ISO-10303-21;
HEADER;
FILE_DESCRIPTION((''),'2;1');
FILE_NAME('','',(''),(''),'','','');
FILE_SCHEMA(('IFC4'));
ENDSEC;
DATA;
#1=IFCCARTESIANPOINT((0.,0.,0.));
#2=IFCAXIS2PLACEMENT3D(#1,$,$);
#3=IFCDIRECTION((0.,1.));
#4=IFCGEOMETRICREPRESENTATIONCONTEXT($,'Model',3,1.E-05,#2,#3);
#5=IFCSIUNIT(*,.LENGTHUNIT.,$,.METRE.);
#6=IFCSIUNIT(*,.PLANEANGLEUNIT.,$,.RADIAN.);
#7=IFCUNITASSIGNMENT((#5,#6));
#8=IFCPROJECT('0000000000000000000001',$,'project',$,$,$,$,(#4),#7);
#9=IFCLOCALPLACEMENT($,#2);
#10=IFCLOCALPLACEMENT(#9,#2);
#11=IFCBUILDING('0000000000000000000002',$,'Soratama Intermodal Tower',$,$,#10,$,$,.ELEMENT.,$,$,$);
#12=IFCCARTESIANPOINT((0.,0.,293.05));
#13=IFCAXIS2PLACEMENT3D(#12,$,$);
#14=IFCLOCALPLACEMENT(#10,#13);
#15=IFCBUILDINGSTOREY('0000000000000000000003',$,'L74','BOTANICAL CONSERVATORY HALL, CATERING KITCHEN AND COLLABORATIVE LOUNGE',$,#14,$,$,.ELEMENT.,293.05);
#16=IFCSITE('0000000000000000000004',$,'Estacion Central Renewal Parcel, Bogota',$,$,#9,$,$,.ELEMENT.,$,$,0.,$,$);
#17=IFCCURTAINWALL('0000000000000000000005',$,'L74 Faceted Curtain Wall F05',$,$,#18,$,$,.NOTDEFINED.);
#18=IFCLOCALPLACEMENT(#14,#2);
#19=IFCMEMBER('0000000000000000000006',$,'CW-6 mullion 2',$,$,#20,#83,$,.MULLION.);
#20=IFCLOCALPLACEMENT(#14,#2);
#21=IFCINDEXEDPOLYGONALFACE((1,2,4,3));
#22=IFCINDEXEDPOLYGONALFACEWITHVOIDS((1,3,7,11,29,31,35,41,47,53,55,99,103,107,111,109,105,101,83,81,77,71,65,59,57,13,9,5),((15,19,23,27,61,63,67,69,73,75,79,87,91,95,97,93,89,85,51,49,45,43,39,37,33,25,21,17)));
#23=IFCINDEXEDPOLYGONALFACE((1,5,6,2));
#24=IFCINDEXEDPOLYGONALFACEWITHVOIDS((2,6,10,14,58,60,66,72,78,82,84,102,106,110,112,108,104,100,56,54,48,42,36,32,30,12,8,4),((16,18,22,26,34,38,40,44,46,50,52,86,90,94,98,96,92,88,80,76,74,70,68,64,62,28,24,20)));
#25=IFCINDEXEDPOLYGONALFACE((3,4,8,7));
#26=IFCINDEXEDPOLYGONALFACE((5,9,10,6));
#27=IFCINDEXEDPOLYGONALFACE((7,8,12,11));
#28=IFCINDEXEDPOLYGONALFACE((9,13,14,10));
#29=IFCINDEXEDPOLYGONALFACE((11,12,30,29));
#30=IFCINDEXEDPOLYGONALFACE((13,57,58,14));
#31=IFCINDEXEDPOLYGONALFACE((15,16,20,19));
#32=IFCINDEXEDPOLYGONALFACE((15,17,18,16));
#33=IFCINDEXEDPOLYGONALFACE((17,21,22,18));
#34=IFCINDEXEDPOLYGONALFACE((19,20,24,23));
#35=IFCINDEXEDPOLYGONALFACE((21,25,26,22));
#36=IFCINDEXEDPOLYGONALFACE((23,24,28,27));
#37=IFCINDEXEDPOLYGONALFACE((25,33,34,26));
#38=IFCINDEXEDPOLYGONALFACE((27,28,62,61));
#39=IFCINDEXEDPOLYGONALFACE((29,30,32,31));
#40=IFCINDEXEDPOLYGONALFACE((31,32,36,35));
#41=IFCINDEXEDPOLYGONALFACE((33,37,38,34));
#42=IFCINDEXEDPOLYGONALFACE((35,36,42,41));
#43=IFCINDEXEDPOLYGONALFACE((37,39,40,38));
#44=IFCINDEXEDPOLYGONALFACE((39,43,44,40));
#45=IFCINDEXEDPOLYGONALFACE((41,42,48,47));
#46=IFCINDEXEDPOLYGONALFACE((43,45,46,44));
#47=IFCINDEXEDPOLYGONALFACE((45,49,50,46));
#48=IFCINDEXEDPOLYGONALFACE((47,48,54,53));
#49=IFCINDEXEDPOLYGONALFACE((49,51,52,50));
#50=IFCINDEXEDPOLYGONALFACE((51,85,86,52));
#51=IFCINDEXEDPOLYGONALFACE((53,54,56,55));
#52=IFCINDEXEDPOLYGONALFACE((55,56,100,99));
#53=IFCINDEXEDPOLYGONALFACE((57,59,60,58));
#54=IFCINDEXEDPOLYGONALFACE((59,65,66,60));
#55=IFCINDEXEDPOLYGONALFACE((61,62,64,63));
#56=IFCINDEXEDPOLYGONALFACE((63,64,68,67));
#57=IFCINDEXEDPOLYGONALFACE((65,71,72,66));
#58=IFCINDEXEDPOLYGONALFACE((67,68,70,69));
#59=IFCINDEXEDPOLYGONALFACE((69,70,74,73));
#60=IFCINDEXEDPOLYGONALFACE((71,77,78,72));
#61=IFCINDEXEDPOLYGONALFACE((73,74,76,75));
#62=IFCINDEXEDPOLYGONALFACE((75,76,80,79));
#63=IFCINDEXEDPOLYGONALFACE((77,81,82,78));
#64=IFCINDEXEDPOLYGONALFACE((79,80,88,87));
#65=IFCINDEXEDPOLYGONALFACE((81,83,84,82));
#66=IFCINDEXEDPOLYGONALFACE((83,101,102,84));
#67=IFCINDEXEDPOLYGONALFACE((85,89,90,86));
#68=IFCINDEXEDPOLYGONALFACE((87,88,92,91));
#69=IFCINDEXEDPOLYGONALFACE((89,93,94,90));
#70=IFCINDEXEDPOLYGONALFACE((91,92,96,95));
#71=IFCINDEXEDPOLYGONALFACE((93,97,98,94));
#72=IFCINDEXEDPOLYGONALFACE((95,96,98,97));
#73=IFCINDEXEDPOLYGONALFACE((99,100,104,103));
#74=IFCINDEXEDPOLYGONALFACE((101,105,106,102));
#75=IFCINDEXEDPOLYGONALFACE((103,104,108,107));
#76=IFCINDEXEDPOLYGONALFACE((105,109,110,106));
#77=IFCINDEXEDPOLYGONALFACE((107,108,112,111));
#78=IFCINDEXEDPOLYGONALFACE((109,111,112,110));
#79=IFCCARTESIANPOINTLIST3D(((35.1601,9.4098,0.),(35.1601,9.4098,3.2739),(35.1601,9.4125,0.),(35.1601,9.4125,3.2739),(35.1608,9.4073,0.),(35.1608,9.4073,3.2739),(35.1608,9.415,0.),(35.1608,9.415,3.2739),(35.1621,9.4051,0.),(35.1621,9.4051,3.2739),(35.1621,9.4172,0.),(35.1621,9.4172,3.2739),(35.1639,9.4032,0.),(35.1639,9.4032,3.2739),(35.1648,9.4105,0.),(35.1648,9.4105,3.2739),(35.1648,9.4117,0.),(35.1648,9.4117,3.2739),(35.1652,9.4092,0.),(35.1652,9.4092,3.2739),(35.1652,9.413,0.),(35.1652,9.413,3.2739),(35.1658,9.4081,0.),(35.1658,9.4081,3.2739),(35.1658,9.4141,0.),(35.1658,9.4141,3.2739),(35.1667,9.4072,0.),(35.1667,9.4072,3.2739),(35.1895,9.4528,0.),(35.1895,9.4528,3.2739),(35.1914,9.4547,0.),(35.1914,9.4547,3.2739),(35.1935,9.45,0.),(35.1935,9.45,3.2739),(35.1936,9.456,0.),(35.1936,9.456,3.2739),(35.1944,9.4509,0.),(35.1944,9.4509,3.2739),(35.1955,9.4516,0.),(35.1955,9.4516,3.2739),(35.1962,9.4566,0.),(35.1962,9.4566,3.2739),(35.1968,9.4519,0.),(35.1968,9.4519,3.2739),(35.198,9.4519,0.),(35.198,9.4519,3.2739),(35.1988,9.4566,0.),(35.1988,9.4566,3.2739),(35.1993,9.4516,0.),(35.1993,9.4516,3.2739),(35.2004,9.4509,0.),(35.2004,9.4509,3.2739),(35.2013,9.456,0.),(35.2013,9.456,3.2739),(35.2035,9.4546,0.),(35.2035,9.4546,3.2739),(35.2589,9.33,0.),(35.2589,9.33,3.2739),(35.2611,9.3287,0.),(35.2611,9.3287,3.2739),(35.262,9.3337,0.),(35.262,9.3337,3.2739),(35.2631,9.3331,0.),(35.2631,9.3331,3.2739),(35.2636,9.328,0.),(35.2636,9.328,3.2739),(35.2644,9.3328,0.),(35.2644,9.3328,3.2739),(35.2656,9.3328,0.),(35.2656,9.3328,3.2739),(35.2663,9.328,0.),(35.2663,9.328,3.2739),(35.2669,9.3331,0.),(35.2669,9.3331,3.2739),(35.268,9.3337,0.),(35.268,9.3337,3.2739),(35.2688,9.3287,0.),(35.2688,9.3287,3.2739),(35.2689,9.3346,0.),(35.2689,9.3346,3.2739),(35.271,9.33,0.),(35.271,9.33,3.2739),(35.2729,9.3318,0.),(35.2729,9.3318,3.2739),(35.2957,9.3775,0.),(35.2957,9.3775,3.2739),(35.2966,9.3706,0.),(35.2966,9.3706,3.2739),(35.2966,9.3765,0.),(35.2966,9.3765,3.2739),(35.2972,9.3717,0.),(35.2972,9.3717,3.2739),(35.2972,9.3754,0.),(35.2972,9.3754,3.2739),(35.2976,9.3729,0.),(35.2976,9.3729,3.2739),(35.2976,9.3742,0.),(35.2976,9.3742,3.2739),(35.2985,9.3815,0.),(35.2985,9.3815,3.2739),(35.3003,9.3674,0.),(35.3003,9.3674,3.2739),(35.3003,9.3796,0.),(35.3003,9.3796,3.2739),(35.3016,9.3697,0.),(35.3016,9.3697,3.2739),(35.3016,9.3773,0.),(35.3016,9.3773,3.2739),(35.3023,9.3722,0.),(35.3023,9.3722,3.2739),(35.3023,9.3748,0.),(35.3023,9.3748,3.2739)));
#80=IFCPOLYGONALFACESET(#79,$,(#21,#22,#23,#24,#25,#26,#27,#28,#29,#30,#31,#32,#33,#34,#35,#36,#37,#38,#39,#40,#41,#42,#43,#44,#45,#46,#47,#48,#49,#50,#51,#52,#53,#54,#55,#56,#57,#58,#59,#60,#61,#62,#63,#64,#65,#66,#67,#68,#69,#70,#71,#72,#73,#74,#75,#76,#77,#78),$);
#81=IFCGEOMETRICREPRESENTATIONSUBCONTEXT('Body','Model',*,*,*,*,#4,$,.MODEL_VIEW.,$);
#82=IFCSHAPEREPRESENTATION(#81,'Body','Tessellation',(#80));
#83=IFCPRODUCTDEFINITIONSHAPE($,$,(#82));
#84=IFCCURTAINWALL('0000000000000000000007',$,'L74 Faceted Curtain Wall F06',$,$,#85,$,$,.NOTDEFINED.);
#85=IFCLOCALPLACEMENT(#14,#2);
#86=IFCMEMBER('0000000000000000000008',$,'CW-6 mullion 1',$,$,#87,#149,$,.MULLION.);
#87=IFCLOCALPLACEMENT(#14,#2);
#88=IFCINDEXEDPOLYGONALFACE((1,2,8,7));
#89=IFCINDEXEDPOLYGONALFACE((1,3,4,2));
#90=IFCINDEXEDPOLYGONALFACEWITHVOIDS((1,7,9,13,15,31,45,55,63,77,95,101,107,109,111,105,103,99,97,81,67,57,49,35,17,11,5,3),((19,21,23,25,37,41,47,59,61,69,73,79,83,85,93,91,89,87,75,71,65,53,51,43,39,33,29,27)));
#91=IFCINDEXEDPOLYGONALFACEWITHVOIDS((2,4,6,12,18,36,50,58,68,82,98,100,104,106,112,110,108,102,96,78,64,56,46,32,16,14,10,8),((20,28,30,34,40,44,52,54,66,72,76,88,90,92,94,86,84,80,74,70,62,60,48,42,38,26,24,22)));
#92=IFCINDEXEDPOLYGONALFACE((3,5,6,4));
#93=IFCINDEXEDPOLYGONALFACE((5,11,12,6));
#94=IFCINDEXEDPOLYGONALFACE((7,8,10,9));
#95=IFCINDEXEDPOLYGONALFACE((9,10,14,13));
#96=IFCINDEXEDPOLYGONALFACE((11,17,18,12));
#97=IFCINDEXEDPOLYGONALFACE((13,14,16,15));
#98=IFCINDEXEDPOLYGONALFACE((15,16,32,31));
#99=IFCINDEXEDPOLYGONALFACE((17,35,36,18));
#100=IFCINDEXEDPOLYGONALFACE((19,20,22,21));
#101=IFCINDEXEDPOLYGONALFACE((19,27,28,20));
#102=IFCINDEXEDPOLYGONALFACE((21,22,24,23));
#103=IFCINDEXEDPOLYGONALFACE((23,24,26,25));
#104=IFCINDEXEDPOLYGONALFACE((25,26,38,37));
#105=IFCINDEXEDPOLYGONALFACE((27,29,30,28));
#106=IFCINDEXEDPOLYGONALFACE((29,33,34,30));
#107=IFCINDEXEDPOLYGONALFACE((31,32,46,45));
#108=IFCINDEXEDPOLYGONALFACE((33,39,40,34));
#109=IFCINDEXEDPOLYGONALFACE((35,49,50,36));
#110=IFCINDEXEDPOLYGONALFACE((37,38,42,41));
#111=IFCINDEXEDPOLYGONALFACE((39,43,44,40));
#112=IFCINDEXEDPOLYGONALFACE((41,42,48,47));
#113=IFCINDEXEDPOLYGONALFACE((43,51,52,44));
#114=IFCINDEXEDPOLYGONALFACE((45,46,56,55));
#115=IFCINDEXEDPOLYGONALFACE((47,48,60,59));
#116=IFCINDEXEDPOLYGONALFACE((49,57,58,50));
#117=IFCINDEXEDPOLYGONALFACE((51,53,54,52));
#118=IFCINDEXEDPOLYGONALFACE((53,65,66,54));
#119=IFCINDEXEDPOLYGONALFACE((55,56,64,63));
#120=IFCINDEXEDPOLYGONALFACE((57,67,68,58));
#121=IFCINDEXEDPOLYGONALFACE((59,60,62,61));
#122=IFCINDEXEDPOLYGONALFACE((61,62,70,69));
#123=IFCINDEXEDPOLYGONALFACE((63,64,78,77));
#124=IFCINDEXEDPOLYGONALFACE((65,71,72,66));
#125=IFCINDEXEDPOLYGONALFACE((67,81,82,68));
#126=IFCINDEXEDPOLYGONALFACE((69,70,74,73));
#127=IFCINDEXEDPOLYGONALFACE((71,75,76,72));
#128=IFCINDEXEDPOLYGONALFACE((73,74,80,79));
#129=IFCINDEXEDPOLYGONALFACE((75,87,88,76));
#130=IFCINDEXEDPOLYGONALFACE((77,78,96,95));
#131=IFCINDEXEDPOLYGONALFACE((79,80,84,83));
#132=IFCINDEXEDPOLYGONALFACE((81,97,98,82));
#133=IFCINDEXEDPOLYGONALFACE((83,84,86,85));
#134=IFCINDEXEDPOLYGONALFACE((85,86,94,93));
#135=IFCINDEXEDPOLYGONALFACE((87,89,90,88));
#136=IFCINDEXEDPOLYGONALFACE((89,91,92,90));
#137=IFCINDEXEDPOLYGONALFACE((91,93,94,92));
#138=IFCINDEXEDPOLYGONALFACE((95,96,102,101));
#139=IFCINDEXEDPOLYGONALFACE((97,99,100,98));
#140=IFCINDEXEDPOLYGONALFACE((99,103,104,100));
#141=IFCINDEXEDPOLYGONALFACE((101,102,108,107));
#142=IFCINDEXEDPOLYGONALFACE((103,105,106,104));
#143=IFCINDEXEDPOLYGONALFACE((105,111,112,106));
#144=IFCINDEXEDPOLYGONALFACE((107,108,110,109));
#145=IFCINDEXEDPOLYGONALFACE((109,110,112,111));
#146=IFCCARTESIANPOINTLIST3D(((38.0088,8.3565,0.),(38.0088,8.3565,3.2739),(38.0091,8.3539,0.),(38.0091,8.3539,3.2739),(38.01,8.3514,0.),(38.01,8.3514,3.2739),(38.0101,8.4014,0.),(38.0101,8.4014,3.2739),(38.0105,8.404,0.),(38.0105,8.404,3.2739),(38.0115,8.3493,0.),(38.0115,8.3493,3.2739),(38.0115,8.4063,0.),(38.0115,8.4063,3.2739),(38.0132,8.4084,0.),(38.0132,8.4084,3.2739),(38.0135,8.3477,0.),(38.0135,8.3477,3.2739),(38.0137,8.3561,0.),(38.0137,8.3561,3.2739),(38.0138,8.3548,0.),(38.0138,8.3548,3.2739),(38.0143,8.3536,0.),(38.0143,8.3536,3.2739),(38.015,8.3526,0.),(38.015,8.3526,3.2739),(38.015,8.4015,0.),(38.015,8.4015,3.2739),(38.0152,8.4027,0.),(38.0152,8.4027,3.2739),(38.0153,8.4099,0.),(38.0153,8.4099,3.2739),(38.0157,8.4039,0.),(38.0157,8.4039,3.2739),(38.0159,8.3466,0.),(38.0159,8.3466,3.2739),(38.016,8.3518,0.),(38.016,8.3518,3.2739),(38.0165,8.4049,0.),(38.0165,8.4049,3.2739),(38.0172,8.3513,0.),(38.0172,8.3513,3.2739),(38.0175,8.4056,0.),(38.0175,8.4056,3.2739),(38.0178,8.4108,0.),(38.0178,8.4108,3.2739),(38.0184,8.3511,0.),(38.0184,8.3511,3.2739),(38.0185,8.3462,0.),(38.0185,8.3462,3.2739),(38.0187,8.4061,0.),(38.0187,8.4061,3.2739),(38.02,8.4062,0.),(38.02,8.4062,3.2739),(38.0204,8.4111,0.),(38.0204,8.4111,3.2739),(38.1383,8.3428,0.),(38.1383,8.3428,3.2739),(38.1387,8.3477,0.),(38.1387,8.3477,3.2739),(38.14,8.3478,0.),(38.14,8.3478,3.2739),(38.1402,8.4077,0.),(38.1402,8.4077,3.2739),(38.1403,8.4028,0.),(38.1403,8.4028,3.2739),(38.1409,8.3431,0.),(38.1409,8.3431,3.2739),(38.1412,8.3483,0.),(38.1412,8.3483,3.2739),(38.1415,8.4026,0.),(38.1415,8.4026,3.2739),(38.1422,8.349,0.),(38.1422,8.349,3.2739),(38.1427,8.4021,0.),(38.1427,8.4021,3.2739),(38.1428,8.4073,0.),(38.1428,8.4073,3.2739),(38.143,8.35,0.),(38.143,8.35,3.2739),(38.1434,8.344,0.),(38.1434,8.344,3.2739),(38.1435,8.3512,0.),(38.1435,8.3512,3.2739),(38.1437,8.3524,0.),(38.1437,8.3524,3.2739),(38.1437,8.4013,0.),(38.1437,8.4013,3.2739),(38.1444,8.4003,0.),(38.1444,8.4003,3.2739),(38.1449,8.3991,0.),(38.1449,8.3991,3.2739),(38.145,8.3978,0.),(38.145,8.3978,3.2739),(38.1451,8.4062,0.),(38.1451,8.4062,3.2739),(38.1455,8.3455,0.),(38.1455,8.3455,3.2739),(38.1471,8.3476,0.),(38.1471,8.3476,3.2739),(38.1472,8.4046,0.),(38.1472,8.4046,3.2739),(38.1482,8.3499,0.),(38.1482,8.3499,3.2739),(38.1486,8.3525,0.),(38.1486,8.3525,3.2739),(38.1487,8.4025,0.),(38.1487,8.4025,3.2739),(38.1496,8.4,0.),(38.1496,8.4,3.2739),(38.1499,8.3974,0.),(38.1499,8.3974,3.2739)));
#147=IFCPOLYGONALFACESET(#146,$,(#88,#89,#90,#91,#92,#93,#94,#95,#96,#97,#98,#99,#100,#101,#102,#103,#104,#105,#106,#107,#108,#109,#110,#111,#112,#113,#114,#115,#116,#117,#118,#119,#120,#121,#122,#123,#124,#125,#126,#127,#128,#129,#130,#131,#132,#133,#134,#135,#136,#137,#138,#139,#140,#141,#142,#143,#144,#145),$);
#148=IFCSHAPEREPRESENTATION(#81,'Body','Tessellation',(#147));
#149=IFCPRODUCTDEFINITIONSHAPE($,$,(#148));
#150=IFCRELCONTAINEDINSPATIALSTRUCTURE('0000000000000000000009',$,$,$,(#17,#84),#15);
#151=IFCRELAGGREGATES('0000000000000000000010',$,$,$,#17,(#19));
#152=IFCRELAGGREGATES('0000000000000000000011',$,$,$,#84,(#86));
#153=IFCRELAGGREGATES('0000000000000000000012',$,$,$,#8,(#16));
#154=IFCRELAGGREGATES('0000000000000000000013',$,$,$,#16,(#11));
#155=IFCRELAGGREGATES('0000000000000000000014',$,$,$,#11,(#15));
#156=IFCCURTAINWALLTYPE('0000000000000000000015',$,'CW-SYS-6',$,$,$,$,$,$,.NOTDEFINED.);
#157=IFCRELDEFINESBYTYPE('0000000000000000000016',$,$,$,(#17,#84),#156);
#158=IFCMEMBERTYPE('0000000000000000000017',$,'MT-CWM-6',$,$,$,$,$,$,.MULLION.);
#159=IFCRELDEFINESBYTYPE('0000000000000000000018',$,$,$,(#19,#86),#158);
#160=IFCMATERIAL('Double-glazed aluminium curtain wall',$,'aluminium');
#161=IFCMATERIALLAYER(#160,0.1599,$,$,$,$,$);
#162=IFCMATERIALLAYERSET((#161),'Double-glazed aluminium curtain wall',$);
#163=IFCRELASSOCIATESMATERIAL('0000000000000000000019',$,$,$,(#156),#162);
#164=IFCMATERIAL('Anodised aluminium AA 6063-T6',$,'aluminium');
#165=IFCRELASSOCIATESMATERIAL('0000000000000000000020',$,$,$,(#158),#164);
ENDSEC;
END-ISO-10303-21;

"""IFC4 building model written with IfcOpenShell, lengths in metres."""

from ifc_helpers import new_model, si_unit, direction, frame, origin, origin_2d, place, context, subcontext, project, spatial, hollow_rectangle, extrude, material, layer, layer_set, material_profile, profile_set, type_object, element, aggregate, save


model = new_model("IFC4")

# Units and contexts
model_context = context("Model", 3, precision=1e-05, world=origin(), true_north=direction((0.0, 1.0)))
body_context = subcontext(model_context, "Body", "Model", "MODEL_VIEW")
ifc_project = project(units=[si_unit("LENGTHUNIT", "METRE"), si_unit("PLANEANGLEUNIT", "RADIAN")], contexts=[model_context])

# Site, building, storey
site_placement = place(None, origin())
site = spatial("IfcSite", under=ifc_project, at=site_placement, Name="Estacion Central Renewal Parcel, Bogota", CompositionType="ELEMENT", RefElevation=0.0)
building_placement = place(site_placement, origin())
building = spatial("IfcBuilding", under=site, at=building_placement, Name="Soratama Intermodal Tower", CompositionType="ELEMENT")
storey_placement = place(building_placement, frame((0.0, 0.0, 293.05)))
storey = spatial("IfcBuildingStorey", under=building, at=storey_placement, Name="L74", Description="BOTANICAL CONSERVATORY HALL, CATERING KITCHEN AND COLLABORATIVE LOUNGE", CompositionType="ELEMENT", Elevation=293.05)

# Curtain wall, member
ifc_material_1 = material(Name="Double-glazed aluminium curtain wall", Category="aluminium")
ifc_layer_1 = layer(ifc_material_1, 0.1599)
ifc_layer_set_1 = layer_set([ifc_layer_1], Name="Double-glazed aluminium curtain wall")
curtain_wall_type = type_object("IfcCurtainWallType", Name="CW-SYS-6", PredefinedType="NOTDEFINED", material=ifc_layer_set_1)
curtain_wall_1_placement = place(storey_placement, origin())
curtain_wall_1 = element("IfcCurtainWall", 1, at=curtain_wall_1_placement, inside=storey, type_object=curtain_wall_type, Name="L74 Faceted Curtain Wall F05", PredefinedType="NOTDEFINED")
ifc_material_2 = material(Name="Anodised aluminium AA 6063-T6", Category="aluminium")
ifc_material_profile_1 = material_profile(ifc_material_2, hollow_rectangle(XDim=0.0649, YDim=0.1399, WallThickness=0.0049, InnerFilletRadius=0.0049, OuterFilletRadius=0.01, at=origin_2d()), Name="CWM140X65X5")
ifc_profile_set_1 = profile_set([ifc_material_profile_1], Name="Anodised aluminium AA 6063-T6")
member_type_1 = type_object("IfcMemberType", Name="MT-CWM-6", PredefinedType="MULLION", material=ifc_profile_set_1)
member_1_placement = place(storey_placement, frame((35.2312, 9.3923, 0.0), z_axis=(0.0, 0.0, 1.0), x_axis=(0.610421, 0.792077, 0.0)))
member_1 = element("IfcMember", 2, at=member_1_placement, type_object=member_type_1, Name="CW-6 mullion 2", PredefinedType="MULLION", context=body_context, shape_type="SweptSolid", body=[
    extrude(hollow_rectangle(XDim=0.0649, YDim=0.1399, WallThickness=0.0049, InnerFilletRadius=0.0049, OuterFilletRadius=0.01, at=origin_2d()), origin(), (0.0, 0.0, 1.0), 3.2739),
])
aggregate(curtain_wall_1, [member_1])

# Curtain wall, member
curtain_wall_2_placement = place(storey_placement, origin())
curtain_wall_2 = element("IfcCurtainWall", 3, at=curtain_wall_2_placement, inside=storey, type_object=curtain_wall_type, Name="L74 Faceted Curtain Wall F06", PredefinedType="NOTDEFINED")
member_2_placement = place(storey_placement, frame((38.0793, 8.377, 0.0), z_axis=(0.0, 0.0, 1.0), x_axis=(0.02828, 0.9996, 0.0)))
member_2 = element("IfcMember", 4, at=member_2_placement, type_object=member_type_1, Name="CW-6 mullion 1", PredefinedType="MULLION", context=body_context, shape_type="SweptSolid", body=[
    extrude(hollow_rectangle(XDim=0.0649, YDim=0.1399, WallThickness=0.0049, InnerFilletRadius=0.0049, OuterFilletRadius=0.01, at=origin_2d()), origin(), (0.0, 0.0, 1.0), 3.2739),
])
aggregate(curtain_wall_2, [member_2])

save(model, "model.ifc")
